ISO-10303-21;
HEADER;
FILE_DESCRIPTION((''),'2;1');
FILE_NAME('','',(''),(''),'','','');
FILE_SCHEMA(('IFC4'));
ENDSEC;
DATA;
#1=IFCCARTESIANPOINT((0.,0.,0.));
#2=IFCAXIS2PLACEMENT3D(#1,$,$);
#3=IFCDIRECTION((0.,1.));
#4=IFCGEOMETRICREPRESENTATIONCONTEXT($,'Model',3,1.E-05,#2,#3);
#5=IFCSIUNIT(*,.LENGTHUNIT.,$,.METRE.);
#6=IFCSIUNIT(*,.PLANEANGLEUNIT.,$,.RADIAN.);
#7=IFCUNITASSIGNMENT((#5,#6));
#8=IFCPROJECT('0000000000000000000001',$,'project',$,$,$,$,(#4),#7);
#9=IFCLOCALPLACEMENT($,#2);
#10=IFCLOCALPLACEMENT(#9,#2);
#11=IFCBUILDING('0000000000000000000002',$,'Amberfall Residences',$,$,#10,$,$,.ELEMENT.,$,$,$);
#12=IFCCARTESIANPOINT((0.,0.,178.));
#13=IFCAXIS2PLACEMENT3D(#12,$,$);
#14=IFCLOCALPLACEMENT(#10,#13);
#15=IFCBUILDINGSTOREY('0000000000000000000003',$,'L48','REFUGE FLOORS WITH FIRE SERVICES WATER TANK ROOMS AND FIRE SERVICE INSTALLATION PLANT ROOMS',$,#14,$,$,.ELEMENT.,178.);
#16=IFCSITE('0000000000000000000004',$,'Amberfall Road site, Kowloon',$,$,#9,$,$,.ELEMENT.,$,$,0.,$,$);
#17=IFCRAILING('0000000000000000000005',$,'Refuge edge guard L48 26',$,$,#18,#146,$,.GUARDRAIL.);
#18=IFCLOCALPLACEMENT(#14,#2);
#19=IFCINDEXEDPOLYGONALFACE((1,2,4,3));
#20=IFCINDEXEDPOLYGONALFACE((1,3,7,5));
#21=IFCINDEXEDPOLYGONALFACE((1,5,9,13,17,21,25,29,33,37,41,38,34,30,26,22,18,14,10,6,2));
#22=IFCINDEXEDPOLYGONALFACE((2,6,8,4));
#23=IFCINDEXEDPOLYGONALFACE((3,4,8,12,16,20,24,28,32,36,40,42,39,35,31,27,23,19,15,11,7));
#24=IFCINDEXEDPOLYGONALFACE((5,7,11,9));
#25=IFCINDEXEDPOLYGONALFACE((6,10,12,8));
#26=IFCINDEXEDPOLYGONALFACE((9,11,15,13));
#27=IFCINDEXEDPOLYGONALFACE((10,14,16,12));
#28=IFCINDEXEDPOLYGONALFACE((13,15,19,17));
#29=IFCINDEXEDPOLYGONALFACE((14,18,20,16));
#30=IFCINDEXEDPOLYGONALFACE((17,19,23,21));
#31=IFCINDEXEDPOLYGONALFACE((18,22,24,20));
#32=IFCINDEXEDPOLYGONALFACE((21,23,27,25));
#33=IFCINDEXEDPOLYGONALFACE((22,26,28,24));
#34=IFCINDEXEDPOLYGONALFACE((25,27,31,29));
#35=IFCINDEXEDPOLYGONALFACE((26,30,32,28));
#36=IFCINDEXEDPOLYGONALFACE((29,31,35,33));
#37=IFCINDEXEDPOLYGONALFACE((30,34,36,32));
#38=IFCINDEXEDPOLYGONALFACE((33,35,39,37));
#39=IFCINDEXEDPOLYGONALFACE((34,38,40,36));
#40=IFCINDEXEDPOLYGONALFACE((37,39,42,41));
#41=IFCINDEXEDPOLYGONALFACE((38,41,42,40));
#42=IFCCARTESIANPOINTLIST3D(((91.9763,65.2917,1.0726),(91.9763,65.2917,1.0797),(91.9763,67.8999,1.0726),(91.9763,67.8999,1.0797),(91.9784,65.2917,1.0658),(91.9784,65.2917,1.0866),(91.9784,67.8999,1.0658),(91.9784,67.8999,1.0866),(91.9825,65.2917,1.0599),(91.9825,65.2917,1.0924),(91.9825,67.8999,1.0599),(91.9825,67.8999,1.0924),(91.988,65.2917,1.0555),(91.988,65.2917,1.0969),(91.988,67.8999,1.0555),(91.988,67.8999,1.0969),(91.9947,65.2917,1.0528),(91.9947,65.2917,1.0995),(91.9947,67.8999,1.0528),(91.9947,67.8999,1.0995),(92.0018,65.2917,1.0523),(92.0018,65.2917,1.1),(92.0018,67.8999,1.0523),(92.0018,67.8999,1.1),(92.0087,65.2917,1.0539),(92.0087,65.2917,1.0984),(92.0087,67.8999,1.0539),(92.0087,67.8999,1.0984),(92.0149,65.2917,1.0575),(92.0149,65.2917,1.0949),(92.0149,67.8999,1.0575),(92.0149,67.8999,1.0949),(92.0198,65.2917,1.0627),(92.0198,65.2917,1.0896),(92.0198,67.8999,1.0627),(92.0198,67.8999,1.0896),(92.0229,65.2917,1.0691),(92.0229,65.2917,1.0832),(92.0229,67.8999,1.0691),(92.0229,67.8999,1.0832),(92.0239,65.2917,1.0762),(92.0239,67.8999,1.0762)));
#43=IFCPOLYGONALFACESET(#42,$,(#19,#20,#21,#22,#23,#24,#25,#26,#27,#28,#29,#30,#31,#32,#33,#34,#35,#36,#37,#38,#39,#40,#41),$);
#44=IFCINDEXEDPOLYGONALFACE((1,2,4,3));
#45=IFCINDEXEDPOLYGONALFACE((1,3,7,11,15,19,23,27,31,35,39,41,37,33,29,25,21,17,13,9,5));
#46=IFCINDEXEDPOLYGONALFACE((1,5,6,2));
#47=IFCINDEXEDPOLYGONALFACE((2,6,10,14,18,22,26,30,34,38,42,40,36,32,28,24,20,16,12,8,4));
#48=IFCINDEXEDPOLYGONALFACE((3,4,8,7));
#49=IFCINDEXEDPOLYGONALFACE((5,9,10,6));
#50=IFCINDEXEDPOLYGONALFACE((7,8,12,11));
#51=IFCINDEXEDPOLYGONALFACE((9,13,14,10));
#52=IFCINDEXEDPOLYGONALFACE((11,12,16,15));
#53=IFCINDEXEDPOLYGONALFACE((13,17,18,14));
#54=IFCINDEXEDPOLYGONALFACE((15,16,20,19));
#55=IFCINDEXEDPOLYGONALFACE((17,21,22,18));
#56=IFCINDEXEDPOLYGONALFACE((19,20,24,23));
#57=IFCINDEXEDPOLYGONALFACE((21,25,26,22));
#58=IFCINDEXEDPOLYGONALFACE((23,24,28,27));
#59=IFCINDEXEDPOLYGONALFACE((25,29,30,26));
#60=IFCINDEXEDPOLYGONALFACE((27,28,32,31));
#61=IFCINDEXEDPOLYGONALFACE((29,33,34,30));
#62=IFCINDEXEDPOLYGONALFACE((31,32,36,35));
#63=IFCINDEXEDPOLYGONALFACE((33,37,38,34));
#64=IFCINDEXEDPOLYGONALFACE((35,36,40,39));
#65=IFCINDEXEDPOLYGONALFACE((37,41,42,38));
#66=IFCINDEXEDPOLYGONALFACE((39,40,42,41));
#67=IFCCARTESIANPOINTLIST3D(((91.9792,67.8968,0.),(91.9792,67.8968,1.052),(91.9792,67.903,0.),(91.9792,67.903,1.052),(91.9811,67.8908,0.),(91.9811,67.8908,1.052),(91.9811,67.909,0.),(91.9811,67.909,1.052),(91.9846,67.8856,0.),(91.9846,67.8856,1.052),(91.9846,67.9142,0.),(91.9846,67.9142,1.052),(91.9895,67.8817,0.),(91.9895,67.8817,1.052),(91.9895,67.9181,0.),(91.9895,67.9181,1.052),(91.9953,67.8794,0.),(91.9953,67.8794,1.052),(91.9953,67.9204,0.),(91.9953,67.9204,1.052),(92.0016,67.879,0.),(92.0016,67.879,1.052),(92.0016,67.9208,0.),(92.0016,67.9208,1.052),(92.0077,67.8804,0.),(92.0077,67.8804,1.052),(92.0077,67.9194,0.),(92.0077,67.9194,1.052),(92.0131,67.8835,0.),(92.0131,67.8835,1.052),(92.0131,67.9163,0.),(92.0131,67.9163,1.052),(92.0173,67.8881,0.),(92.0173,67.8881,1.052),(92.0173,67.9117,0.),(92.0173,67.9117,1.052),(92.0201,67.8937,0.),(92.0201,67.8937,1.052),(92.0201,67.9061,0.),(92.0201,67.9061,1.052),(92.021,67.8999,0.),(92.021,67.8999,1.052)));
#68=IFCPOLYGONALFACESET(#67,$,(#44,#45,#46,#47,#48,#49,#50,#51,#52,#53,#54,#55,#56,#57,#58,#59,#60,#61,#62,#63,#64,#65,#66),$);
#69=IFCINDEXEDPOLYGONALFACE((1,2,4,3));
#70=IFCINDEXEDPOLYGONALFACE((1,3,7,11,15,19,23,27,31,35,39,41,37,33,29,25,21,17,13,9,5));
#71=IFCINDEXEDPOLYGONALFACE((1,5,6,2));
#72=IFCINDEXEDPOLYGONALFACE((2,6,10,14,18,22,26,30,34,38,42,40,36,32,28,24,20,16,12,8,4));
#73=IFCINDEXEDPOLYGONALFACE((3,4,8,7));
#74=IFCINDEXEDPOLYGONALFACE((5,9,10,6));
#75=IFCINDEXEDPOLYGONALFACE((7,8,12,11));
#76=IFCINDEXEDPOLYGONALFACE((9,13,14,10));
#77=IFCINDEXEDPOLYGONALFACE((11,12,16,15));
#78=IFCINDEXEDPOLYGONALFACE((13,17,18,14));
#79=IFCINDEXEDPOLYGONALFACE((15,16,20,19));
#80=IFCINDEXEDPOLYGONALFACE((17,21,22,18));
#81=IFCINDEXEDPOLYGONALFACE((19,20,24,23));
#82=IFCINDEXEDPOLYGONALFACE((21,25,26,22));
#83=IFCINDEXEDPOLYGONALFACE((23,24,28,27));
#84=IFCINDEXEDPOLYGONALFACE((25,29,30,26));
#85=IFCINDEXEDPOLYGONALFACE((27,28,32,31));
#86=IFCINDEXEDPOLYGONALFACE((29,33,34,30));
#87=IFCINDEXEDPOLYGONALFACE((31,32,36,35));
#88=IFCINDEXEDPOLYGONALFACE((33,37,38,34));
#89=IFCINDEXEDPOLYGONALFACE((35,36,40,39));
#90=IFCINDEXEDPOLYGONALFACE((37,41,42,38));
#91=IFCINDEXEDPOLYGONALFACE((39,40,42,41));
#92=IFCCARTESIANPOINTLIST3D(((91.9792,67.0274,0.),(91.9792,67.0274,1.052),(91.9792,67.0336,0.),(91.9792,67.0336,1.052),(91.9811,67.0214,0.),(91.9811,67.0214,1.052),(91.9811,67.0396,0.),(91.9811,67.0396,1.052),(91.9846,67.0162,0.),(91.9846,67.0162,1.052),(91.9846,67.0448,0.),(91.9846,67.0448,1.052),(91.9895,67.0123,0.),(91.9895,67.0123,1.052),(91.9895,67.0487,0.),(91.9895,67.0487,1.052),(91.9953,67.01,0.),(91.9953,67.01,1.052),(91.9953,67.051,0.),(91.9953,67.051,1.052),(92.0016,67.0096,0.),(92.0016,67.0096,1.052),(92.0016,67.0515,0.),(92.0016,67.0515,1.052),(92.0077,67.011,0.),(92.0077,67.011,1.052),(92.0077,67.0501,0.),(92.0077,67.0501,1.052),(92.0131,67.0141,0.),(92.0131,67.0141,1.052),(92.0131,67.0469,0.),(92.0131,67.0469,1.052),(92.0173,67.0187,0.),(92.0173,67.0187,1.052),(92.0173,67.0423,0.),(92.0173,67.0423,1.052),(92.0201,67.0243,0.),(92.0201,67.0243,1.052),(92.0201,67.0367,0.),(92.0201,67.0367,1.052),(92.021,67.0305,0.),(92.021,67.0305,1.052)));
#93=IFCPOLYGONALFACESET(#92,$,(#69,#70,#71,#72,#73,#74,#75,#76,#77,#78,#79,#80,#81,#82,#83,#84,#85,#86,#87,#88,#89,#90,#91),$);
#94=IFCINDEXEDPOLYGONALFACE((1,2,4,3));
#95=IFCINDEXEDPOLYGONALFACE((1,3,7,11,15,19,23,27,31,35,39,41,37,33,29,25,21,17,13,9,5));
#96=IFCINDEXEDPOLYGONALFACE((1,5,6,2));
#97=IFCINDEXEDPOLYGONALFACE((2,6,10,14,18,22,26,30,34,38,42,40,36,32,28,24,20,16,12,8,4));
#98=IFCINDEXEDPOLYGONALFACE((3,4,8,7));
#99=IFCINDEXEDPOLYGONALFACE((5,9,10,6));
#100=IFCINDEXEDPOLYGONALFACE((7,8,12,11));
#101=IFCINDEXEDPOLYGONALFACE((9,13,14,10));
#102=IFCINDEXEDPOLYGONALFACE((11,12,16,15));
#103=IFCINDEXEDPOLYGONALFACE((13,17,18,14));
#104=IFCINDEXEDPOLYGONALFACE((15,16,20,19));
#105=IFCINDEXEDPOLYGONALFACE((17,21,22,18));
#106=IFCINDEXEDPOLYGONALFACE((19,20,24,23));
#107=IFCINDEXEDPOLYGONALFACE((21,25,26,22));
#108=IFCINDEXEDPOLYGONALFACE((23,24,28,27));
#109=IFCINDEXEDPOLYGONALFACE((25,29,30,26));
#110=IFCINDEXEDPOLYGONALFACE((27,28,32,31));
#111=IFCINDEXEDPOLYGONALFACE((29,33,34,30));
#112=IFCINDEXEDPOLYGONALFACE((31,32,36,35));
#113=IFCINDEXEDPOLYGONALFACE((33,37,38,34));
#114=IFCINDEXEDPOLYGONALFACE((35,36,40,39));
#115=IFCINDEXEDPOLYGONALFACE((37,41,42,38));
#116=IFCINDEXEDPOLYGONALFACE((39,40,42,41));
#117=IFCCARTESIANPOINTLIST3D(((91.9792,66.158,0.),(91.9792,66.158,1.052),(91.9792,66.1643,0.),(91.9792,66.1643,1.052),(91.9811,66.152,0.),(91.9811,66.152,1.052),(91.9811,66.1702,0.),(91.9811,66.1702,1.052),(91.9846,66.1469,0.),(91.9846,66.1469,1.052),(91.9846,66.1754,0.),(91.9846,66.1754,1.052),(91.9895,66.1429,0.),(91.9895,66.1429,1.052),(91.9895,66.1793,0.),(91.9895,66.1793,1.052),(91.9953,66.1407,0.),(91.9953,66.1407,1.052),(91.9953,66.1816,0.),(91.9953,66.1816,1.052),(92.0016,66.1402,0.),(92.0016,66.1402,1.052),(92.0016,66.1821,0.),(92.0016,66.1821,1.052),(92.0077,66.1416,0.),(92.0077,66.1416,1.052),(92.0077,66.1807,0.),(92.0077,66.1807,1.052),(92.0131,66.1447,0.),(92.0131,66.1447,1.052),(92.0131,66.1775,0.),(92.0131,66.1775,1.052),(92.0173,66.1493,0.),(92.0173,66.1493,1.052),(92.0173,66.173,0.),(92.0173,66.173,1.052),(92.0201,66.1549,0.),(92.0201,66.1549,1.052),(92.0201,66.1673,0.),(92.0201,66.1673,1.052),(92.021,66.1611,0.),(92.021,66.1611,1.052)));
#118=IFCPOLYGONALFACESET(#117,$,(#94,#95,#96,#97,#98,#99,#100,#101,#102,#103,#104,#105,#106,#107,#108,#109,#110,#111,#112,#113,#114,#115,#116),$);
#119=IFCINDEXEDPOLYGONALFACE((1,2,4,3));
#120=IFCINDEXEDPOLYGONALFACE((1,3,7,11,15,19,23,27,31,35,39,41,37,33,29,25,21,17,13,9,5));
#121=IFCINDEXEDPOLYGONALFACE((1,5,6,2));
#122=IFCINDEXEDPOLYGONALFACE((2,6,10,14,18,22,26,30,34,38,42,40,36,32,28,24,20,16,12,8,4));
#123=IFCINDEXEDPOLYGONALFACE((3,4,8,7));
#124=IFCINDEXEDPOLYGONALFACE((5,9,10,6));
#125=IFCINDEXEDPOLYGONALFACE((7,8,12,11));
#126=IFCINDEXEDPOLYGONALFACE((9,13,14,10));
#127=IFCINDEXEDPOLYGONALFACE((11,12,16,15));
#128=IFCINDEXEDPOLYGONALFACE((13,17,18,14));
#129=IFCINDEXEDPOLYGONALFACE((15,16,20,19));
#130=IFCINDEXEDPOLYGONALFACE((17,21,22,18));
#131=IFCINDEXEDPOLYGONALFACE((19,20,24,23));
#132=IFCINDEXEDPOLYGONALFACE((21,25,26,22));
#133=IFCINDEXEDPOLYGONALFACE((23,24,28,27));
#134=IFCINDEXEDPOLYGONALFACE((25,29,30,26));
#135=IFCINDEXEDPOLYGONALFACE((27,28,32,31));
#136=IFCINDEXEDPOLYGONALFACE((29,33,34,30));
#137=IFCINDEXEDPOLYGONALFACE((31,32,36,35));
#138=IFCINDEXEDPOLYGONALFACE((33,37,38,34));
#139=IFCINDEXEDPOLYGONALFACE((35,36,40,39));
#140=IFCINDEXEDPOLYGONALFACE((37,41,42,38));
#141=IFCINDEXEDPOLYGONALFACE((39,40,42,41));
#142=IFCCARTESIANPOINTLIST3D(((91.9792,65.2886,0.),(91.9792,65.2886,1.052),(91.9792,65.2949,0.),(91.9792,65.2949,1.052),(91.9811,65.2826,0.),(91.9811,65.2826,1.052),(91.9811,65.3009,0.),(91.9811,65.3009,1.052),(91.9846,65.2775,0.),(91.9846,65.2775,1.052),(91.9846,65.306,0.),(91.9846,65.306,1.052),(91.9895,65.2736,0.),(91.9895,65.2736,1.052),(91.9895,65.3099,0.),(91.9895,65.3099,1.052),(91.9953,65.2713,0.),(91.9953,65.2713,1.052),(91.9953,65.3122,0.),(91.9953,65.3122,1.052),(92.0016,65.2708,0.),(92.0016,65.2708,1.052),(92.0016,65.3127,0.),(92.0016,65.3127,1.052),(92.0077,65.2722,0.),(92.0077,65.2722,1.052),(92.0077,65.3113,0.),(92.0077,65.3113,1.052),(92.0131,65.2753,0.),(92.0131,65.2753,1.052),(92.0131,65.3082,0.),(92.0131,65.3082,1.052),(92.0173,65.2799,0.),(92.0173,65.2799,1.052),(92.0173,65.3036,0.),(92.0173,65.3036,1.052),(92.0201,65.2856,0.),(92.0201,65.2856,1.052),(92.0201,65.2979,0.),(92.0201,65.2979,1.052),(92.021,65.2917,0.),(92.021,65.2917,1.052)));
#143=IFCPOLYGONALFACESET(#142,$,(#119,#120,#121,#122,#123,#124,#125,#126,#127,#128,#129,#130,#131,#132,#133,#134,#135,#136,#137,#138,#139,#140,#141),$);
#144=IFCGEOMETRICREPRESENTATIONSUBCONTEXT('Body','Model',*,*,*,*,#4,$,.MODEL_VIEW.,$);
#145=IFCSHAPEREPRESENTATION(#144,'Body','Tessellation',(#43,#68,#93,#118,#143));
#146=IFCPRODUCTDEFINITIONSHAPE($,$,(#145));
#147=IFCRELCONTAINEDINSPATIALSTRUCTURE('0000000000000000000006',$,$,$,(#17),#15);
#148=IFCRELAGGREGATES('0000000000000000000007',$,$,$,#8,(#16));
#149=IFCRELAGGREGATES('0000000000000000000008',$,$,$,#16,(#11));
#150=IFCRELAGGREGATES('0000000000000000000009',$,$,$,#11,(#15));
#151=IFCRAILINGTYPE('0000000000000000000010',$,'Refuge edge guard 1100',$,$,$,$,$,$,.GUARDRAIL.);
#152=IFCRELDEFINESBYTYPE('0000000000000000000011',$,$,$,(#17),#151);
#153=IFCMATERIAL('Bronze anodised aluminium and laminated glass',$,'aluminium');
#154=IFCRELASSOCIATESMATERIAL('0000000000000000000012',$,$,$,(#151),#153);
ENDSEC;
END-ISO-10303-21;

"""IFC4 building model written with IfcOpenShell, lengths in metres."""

from ifc_helpers import new_model, si_unit, direction, frame, origin, origin_2d, place, context, subcontext, project, spatial, circle, extrude, material, type_object, element, save


model = new_model("IFC4")

# Units and contexts
model_context = context("Model", 3, precision=1e-05, world=origin(), true_north=direction((0.0, 1.0)))
body_context = subcontext(model_context, "Body", "Model", "MODEL_VIEW")
ifc_project = project(units=[si_unit("LENGTHUNIT", "METRE"), si_unit("PLANEANGLEUNIT", "RADIAN")], contexts=[model_context])

# Site, building, storey
site_placement = place(None, origin())
site = spatial("IfcSite", under=ifc_project, at=site_placement, Name="Amberfall Road site, Kowloon", CompositionType="ELEMENT", RefElevation=0.0)
building_placement = place(site_placement, origin())
building = spatial("IfcBuilding", under=site, at=building_placement, Name="Amberfall Residences", CompositionType="ELEMENT")
storey_placement = place(building_placement, frame((0.0, 0.0, 178.0)))
storey = spatial("IfcBuildingStorey", under=building, at=storey_placement, Name="L48", Description="REFUGE FLOORS WITH FIRE SERVICES WATER TANK ROOMS AND FIRE SERVICE INSTALLATION PLANT ROOMS", CompositionType="ELEMENT", Elevation=178.0)

# Railing
ifc_material_1 = material(Name="Bronze anodised aluminium and laminated glass", Category="aluminium")
railing_type = type_object("IfcRailingType", Name="Refuge edge guard 1100", PredefinedType="GUARDRAIL", material=ifc_material_1)
railing_1_placement = place(storey_placement, frame((92.0, 67.8999, 0.0)))
element("IfcRailing", 1, at=railing_1_placement, inside=storey, type_object=railing_type, Name="Refuge edge guard L48 26", PredefinedType="GUARDRAIL", context=body_context, shape_type="SweptSolid", body=[
    extrude(circle(Radius=0.0239, at=origin_2d()), frame((0.0, 0.0, 1.0762), z_axis=(0.0, -1.0, 0.0), x_axis=(1.0, 0.0, 0.0)), (0.0, 0.0, 1.0), 2.6082),
    extrude(circle(Radius=0.021, at=origin_2d()), origin(), (0.0, 0.0, 1.0), 1.052),
    extrude(circle(Radius=0.021, at=origin_2d()), frame((0.0, -0.8694, 0.0)), (0.0, 0.0, 1.0), 1.052),
    extrude(circle(Radius=0.021, at=origin_2d()), frame((0.0, -1.7388, 0.0)), (0.0, 0.0, 1.0), 1.052),
    extrude(circle(Radius=0.021, at=origin_2d()), frame((0.0, -2.6082, 0.0)), (0.0, 0.0, 1.0), 1.052),
])

save(model, "model.ifc")
